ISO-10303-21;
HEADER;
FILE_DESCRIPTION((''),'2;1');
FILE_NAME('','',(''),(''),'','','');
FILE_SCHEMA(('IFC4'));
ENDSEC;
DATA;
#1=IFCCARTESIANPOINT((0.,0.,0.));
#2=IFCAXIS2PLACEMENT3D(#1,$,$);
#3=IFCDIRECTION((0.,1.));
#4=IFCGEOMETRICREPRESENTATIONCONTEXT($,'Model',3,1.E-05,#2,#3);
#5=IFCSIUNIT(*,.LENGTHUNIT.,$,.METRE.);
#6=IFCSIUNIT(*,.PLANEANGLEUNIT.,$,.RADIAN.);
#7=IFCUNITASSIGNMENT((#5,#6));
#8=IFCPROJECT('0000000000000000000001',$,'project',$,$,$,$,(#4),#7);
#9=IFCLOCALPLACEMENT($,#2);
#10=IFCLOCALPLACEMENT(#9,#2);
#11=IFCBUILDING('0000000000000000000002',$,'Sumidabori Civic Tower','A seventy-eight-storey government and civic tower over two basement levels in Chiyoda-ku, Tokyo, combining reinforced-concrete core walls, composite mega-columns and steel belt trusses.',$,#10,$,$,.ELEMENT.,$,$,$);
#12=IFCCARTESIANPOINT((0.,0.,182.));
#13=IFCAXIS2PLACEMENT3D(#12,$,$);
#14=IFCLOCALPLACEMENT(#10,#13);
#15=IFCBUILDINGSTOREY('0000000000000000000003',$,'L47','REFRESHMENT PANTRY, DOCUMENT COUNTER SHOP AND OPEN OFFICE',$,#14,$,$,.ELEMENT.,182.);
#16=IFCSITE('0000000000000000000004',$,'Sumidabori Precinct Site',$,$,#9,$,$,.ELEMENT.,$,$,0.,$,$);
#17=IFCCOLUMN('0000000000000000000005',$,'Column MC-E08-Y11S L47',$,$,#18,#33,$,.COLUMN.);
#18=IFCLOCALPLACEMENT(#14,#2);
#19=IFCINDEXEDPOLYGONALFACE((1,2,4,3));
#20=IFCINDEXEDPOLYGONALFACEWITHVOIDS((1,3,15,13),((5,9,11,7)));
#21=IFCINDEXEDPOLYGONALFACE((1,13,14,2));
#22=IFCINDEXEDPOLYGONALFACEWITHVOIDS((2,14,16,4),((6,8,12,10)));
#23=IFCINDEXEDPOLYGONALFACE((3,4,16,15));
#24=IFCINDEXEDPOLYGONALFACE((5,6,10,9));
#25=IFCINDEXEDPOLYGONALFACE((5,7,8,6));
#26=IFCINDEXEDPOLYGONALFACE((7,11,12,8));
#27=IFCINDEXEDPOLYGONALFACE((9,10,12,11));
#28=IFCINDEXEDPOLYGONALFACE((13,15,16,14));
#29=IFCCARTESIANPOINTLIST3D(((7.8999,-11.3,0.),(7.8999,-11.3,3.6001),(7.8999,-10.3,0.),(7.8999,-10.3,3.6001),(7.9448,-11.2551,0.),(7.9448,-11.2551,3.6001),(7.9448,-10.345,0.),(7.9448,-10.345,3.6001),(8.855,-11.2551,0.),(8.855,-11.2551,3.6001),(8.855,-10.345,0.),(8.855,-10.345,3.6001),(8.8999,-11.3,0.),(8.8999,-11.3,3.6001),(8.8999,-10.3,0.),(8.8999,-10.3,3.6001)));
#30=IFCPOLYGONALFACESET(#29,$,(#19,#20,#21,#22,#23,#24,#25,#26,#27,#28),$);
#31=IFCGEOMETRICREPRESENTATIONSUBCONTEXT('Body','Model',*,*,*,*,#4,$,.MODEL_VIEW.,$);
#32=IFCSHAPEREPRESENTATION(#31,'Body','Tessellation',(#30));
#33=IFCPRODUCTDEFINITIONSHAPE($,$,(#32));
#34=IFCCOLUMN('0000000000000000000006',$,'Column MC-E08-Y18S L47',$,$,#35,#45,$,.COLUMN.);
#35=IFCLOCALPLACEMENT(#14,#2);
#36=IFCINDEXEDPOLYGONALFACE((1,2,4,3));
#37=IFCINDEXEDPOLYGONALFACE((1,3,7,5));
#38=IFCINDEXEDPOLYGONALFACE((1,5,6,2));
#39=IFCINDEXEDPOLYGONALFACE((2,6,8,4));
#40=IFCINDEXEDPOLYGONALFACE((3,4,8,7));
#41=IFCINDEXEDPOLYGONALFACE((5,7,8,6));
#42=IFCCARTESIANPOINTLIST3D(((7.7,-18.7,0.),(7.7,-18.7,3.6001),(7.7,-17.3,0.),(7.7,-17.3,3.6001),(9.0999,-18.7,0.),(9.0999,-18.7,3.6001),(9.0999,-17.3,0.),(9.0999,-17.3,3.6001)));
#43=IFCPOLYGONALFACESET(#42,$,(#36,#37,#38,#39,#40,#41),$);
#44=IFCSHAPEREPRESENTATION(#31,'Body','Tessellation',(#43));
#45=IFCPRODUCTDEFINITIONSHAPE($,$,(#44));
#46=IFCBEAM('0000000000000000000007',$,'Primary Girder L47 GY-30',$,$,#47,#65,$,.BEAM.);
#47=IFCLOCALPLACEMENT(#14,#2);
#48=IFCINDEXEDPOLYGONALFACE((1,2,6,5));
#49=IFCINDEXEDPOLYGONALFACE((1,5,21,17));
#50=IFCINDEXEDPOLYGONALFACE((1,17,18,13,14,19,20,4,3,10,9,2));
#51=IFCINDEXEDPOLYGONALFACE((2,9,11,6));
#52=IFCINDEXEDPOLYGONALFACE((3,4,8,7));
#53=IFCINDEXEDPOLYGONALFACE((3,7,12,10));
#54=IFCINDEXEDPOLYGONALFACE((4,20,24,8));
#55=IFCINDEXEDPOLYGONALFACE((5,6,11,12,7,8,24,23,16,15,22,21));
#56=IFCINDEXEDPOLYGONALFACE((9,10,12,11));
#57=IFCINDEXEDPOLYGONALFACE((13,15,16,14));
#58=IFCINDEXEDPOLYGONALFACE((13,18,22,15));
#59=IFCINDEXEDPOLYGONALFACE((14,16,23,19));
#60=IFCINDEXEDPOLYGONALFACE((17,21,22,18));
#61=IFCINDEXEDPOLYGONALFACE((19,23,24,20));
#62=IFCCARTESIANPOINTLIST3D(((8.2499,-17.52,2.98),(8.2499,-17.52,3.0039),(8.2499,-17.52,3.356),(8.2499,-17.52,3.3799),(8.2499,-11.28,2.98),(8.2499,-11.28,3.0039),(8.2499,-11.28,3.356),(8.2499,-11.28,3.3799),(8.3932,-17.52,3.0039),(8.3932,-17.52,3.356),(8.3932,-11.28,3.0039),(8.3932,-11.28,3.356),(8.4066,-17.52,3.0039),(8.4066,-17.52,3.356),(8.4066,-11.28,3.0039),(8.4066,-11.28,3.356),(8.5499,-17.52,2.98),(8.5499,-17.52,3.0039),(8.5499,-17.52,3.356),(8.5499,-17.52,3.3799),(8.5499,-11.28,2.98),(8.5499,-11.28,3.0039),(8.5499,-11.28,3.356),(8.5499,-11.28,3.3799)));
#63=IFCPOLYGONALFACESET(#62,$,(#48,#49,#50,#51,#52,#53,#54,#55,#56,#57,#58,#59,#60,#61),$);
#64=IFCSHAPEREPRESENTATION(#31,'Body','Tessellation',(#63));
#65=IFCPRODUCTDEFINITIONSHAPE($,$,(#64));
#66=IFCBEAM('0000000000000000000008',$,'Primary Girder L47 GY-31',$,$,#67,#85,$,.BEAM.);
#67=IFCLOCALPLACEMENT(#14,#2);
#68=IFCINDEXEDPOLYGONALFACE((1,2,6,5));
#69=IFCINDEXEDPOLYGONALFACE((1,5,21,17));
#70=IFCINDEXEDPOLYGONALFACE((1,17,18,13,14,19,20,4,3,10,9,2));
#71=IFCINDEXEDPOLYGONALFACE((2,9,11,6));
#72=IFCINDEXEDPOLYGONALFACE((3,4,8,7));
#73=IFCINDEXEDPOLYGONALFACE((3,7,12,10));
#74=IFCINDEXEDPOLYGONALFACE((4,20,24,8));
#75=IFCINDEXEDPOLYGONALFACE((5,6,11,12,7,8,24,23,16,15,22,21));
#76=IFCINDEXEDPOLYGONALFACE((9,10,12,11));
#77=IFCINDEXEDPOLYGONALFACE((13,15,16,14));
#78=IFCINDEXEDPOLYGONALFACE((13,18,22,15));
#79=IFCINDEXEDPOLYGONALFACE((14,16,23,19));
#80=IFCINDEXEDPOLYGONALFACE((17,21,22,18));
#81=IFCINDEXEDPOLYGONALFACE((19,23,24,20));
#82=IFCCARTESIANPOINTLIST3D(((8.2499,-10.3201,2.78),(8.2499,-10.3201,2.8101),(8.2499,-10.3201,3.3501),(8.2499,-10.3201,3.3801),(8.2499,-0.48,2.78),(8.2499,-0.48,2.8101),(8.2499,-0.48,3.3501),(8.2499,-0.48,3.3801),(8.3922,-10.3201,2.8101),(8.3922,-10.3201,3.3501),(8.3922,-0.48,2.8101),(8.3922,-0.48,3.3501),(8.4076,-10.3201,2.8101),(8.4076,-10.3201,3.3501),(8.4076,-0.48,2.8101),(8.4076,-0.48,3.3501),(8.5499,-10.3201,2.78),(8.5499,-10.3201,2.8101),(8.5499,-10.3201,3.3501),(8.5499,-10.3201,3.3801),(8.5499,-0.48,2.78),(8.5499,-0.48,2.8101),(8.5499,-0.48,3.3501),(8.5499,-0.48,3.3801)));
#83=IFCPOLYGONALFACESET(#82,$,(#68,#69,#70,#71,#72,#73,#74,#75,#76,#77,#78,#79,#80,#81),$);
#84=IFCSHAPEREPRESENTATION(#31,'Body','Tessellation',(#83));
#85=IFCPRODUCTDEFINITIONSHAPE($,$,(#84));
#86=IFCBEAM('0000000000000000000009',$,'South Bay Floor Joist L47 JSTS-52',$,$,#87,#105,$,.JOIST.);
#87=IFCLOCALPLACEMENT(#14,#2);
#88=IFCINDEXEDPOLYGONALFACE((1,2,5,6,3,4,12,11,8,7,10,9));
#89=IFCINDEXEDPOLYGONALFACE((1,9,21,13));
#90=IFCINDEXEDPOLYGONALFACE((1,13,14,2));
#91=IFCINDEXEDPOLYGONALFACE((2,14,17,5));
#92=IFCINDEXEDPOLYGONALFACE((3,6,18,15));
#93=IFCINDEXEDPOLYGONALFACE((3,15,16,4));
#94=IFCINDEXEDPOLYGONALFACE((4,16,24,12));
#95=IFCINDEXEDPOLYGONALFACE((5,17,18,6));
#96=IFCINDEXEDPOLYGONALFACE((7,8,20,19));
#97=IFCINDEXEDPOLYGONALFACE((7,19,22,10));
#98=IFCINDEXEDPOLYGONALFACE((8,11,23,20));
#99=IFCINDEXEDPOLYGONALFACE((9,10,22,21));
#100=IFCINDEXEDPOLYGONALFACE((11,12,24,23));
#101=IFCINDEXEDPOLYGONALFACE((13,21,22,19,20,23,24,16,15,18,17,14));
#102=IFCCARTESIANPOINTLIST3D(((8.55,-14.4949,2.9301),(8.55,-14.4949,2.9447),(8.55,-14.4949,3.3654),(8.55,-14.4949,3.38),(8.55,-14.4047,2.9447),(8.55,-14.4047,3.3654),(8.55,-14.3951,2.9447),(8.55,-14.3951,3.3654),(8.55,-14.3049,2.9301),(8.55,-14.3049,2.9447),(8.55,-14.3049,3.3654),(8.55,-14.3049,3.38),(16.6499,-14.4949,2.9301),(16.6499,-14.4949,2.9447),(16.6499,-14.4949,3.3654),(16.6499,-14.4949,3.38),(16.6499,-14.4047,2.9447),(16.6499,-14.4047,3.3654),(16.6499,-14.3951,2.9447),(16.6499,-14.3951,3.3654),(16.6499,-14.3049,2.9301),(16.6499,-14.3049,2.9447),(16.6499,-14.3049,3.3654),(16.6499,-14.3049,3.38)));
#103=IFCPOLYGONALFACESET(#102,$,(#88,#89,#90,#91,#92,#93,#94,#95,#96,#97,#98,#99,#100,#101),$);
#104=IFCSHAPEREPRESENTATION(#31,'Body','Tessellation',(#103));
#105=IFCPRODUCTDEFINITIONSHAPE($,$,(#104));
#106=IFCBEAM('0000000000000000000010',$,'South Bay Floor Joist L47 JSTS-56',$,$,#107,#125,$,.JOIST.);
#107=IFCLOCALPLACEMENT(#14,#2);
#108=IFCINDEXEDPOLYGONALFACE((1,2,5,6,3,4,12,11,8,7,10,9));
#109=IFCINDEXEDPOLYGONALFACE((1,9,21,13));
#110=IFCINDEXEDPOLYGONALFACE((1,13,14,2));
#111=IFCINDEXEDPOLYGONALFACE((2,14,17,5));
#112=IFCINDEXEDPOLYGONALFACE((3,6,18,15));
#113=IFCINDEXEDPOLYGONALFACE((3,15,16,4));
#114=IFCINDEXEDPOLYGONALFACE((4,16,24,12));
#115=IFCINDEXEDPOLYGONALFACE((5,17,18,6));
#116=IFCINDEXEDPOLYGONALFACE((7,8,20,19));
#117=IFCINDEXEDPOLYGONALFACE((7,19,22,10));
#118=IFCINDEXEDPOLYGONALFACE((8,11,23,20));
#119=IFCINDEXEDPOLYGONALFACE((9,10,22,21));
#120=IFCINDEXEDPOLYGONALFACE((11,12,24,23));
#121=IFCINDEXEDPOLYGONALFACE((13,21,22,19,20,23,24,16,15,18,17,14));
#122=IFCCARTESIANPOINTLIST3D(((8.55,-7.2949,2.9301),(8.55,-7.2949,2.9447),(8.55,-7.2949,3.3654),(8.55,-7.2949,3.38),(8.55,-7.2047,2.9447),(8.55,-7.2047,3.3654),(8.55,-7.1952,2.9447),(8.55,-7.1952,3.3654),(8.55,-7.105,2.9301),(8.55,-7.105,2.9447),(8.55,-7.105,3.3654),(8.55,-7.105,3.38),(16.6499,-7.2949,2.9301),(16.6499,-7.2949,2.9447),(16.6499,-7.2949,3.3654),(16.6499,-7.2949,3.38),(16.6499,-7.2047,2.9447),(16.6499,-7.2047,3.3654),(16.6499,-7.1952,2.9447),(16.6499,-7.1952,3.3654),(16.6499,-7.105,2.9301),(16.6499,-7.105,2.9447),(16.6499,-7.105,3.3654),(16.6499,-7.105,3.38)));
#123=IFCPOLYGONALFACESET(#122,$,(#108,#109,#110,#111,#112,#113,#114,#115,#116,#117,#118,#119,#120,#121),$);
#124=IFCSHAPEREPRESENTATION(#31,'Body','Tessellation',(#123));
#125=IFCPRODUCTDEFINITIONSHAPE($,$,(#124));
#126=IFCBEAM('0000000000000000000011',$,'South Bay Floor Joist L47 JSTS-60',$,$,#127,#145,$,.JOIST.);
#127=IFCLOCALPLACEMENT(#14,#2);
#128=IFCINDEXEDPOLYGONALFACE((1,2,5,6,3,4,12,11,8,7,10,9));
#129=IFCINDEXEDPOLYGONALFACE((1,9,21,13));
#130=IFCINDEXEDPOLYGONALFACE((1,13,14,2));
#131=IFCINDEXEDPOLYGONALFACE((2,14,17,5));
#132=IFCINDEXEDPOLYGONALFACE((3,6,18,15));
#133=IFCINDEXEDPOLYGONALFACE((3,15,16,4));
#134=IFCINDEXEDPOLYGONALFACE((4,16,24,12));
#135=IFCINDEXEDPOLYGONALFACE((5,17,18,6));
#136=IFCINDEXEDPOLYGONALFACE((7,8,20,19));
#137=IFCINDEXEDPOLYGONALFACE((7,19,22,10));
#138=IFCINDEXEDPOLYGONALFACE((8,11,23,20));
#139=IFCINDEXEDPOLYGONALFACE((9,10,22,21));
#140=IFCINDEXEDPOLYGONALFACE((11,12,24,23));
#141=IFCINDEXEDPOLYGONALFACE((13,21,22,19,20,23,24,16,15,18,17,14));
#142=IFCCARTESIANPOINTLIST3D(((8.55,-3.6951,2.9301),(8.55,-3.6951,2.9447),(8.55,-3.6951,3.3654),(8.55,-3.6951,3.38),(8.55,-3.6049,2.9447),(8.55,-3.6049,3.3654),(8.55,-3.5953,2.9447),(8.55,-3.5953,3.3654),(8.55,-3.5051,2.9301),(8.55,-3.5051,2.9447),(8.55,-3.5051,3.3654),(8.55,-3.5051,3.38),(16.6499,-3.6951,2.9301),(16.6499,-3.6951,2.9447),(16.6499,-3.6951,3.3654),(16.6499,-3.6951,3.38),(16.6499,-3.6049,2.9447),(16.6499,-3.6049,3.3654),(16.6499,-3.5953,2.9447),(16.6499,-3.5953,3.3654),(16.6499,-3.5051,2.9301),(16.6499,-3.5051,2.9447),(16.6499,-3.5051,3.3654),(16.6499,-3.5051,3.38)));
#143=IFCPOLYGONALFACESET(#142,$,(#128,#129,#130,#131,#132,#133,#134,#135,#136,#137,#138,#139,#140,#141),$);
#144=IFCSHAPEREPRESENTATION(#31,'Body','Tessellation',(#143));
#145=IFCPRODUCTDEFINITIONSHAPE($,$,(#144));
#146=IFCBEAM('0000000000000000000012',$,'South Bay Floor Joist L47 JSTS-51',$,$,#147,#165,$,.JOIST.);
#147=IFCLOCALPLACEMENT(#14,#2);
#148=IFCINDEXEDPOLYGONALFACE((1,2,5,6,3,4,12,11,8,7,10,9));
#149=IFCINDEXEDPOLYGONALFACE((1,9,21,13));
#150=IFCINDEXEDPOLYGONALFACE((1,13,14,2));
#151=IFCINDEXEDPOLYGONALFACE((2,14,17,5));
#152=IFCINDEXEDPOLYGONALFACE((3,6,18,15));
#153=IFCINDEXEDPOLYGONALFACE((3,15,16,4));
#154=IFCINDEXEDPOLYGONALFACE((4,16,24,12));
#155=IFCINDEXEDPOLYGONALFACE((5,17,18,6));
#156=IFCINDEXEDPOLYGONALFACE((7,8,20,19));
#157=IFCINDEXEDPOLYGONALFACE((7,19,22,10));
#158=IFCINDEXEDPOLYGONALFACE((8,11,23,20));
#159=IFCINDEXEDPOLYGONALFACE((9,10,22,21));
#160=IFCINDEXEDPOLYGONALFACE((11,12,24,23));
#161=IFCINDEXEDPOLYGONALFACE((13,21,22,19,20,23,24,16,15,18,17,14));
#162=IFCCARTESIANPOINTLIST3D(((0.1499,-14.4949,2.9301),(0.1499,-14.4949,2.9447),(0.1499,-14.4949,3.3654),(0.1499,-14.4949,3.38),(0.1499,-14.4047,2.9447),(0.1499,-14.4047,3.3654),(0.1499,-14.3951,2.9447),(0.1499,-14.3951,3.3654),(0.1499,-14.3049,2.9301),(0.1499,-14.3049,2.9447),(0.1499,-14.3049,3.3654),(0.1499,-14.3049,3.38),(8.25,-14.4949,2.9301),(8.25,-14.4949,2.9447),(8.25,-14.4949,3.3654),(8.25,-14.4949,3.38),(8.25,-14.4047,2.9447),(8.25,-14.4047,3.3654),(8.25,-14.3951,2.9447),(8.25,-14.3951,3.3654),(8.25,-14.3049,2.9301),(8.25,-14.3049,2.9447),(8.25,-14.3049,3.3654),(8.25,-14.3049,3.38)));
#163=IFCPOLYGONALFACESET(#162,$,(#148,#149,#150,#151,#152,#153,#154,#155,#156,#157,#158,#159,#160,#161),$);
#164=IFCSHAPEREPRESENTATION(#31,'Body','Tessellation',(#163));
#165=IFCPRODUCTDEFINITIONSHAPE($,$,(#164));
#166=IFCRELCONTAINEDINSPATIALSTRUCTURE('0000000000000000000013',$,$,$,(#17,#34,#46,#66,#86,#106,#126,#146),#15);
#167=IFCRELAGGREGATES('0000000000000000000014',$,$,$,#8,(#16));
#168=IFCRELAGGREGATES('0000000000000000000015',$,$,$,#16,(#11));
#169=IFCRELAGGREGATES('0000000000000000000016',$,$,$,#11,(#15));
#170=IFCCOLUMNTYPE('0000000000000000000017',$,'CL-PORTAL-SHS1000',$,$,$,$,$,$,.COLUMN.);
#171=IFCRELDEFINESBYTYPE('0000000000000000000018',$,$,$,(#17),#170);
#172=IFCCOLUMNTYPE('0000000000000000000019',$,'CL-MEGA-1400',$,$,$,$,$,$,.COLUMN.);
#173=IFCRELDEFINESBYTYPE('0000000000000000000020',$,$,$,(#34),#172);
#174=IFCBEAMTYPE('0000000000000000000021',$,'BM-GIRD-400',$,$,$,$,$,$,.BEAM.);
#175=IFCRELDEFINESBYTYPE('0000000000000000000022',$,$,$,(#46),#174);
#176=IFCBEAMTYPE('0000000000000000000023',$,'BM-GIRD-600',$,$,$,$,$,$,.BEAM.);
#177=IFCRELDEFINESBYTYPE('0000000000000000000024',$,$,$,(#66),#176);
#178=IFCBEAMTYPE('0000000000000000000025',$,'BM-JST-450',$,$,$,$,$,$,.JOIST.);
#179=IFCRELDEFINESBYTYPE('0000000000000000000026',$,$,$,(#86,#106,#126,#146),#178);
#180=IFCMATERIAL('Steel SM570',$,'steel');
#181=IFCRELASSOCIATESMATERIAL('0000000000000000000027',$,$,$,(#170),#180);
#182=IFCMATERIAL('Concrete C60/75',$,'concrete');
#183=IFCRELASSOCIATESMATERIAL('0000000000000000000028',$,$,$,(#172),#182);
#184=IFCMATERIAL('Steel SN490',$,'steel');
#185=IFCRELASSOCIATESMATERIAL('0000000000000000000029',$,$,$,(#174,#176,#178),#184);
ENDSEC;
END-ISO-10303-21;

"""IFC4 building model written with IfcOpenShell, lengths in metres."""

from ifc_helpers import new_model, si_unit, direction, frame, origin, origin_2d, place, context, subcontext, project, spatial, rectangle, hollow_rectangle, i_section, extrude, source, transform, mapped, material, material_profile, profile_set, type_object, element, save


model = new_model("IFC4")

# Units and contexts
model_context = context("Model", 3, precision=1e-05, world=origin(), true_north=direction((0.0, 1.0)))
body_context = subcontext(model_context, "Body", "Model", "MODEL_VIEW")
ifc_project = project(units=[si_unit("LENGTHUNIT", "METRE"), si_unit("PLANEANGLEUNIT", "RADIAN")], contexts=[model_context])

# Site, building, storey
site_placement = place(None, origin())
site = spatial("IfcSite", under=ifc_project, at=site_placement, Name="Sumidabori Precinct Site", CompositionType="ELEMENT", RefElevation=0.0)
building_placement = place(site_placement, origin())
building = spatial("IfcBuilding", under=site, at=building_placement, Name="Sumidabori Civic Tower", Description="A seventy-eight-storey government and civic tower over two basement levels in Chiyoda-ku, Tokyo, combining reinforced-concrete core walls, composite mega-columns and steel belt trusses.", CompositionType="ELEMENT")
storey_placement = place(building_placement, frame((0.0, 0.0, 182.0)))
storey = spatial("IfcBuildingStorey", under=building, at=storey_placement, Name="L47", Description="REFRESHMENT PANTRY, DOCUMENT COUNTER SHOP AND OPEN OFFICE", CompositionType="ELEMENT", Elevation=182.0)

# Columns
ifc_material_1 = material(Name="Steel SM570", Category="steel")
ifc_material_profile_1 = material_profile(ifc_material_1, hollow_rectangle(XDim=1.0, YDim=1.0, WallThickness=0.0449, at=origin_2d()), Name="SHS 1000x1000x45")
ifc_profile_set_1 = profile_set([ifc_material_profile_1], Name="Steel SM570")
column_type_1 = type_object("IfcColumnType", Name="CL-PORTAL-SHS1000", PredefinedType="COLUMN", material=ifc_profile_set_1)
shared_shape_1 = source(origin(), body_context, "Body", "SweptSolid", [
    extrude(hollow_rectangle(XDim=1.0, YDim=1.0, WallThickness=0.0449, at=origin_2d()), origin(), (0.0, 0.0, 1.0), 3.6001),
])
column_1_placement = place(storey_placement, frame((8.3999, -10.8, 0.0), z_axis=(0.0, 0.0, 1.0), x_axis=(1.0, 0.0, 0.0)))
element("IfcColumn", 1, at=column_1_placement, inside=storey, type_object=column_type_1, Name="Column MC-E08-Y11S L47", PredefinedType="COLUMN", context=body_context, shape_type="MappedRepresentation", body=[
    mapped(shared_shape_1, transform((0.0, 0.0, 0.0), x_axis=(1.0, 0.0, 0.0), y_axis=(0.0, 1.0, 0.0), z_axis=(0.0, 0.0, 1.0), scale=1.0)),
])
ifc_material_2 = material(Name="Concrete C60/75", Category="concrete")
ifc_material_profile_2 = material_profile(ifc_material_2, rectangle(XDim=1.3999, YDim=1.3999, at=origin_2d()), Name="RC 1400x1400")
ifc_profile_set_2 = profile_set([ifc_material_profile_2], Name="Concrete C60/75")
column_type_2 = type_object("IfcColumnType", Name="CL-MEGA-1400", PredefinedType="COLUMN", material=ifc_profile_set_2)
shared_shape_2 = source(origin(), body_context, "Body", "SweptSolid", [
    extrude(rectangle(XDim=1.3999, YDim=1.3999, at=origin_2d()), origin(), (0.0, 0.0, 1.0), 3.6001),
])
column_2_placement = place(storey_placement, frame((8.3999, -18.0, 0.0), z_axis=(0.0, 0.0, 1.0), x_axis=(1.0, 0.0, 0.0)))
element("IfcColumn", 2, at=column_2_placement, inside=storey, type_object=column_type_2, Name="Column MC-E08-Y18S L47", PredefinedType="COLUMN", context=body_context, shape_type="MappedRepresentation", body=[
    mapped(shared_shape_2, transform((0.0, 0.0, 0.0), x_axis=(1.0, 0.0, 0.0), y_axis=(0.0, 1.0, 0.0), z_axis=(0.0, 0.0, 1.0), scale=1.0)),
])

# Beams
ifc_material_3 = material(Name="Steel SN490", Category="steel")
ifc_material_profile_3 = material_profile(ifc_material_3, i_section(OverallWidth=0.3, OverallDepth=0.3999, WebThickness=0.0134, FlangeThickness=0.0239, at=origin_2d()), Name="HE 400 B")
ifc_profile_set_3 = profile_set([ifc_material_profile_3], Name="Steel SN490")
beam_type_1 = type_object("IfcBeamType", Name="BM-GIRD-400", PredefinedType="BEAM", material=ifc_profile_set_3)
shared_shape_3 = source(origin(), body_context, "Body", "SweptSolid", [
    extrude(i_section(OverallWidth=0.3, OverallDepth=0.3999, WebThickness=0.0134, FlangeThickness=0.0239, at=origin_2d()), origin(), (0.0, 0.0, 1.0), 6.24),
])
beam_1_placement = place(storey_placement, frame((8.3999, -17.52, 3.1799), z_axis=(0.0, 1.0, 0.0), x_axis=(-1.0, 0.0, 0.0)))
element("IfcBeam", 3, at=beam_1_placement, inside=storey, type_object=beam_type_1, Name="Primary Girder L47 GY-30", PredefinedType="BEAM", context=body_context, shape_type="MappedRepresentation", body=[
    mapped(shared_shape_3, transform((0.0, 0.0, 0.0), x_axis=(1.0, 0.0, 0.0), y_axis=(0.0, 1.0, 0.0), z_axis=(0.0, 0.0, 1.0), scale=1.0)),
])
ifc_material_profile_4 = material_profile(ifc_material_3, i_section(OverallWidth=0.3, OverallDepth=0.6001, WebThickness=0.0154, FlangeThickness=0.03, at=origin_2d()), Name="HE 600 B")
ifc_profile_set_4 = profile_set([ifc_material_profile_4], Name="Steel SN490")
beam_type_2 = type_object("IfcBeamType", Name="BM-GIRD-600", PredefinedType="BEAM", material=ifc_profile_set_4)
shared_shape_4 = source(origin(), body_context, "Body", "SweptSolid", [
    extrude(i_section(OverallWidth=0.3, OverallDepth=0.6001, WebThickness=0.0154, FlangeThickness=0.03, at=origin_2d()), origin(), (0.0, 0.0, 1.0), 9.8401),
])
beam_2_placement = place(storey_placement, frame((8.3999, -10.3201, 3.0801), z_axis=(0.0, 1.0, 0.0), x_axis=(-1.0, 0.0, 0.0)))
element("IfcBeam", 4, at=beam_2_placement, inside=storey, type_object=beam_type_2, Name="Primary Girder L47 GY-31", PredefinedType="BEAM", context=body_context, shape_type="MappedRepresentation", body=[
    mapped(shared_shape_4, transform((0.0, 0.0, 0.0), x_axis=(1.0, 0.0, 0.0), y_axis=(0.0, 1.0, 0.0), z_axis=(0.0, 0.0, 1.0), scale=1.0)),
])
ifc_material_profile_5 = material_profile(ifc_material_3, i_section(OverallWidth=0.1899, OverallDepth=0.45, WebThickness=0.0095, FlangeThickness=0.0146, at=origin_2d()), Name="IPE 450")
ifc_profile_set_5 = profile_set([ifc_material_profile_5], Name="Steel SN490")
beam_type_3 = type_object("IfcBeamType", Name="BM-JST-450", PredefinedType="JOIST", material=ifc_profile_set_5)
shared_shape_5 = source(origin(), body_context, "Body", "SweptSolid", [
    extrude(i_section(OverallWidth=0.1899, OverallDepth=0.45, WebThickness=0.0095, FlangeThickness=0.0146, at=origin_2d()), origin(), (0.0, 0.0, 1.0), 8.0999),
])
for number, where, z_axis, x_axis, name in (
    (5, (8.55, -14.3999, 3.155), (1.0, 0.0, 0.0), (0.0, 1.0, 0.0), "South Bay Floor Joist L47 JSTS-52"),
    (6, (8.55, -7.2, 3.155), (1.0, 0.0, 0.0), (0.0, 1.0, 0.0), "South Bay Floor Joist L47 JSTS-56"),
    (7, (8.55, -3.6001, 3.155), (1.0, 0.0, 0.0), (0.0, 1.0, 0.0), "South Bay Floor Joist L47 JSTS-60"),
):
    element("IfcBeam", number, at=place(storey_placement, frame(where, z_axis=z_axis, x_axis=x_axis)), inside=storey, type_object=beam_type_3, Name=name, PredefinedType="JOIST", context=body_context, shape_type="MappedRepresentation", body=[
        mapped(shared_shape_5, transform((0.0, 0.0, 0.0), x_axis=(1.0, 0.0, 0.0), y_axis=(0.0, 1.0, 0.0), z_axis=(0.0, 0.0, 1.0), scale=1.0)),
    ])
shared_shape_6 = source(origin(), body_context, "Body", "SweptSolid", [
    extrude(i_section(OverallWidth=0.1899, OverallDepth=0.45, WebThickness=0.0095, FlangeThickness=0.0146, at=origin_2d()), origin(), (0.0, 0.0, 1.0), 8.1001),
])
for number, where, z_axis, x_axis, name in (
    (8, (0.1499, -14.3999, 3.155), (1.0, 0.0, 0.0), (0.0, 1.0, 0.0), "South Bay Floor Joist L47 JSTS-51"),
):
    element("IfcBeam", number, at=place(storey_placement, frame(where, z_axis=z_axis, x_axis=x_axis)), inside=storey, type_object=beam_type_3, Name=name, PredefinedType="JOIST", context=body_context, shape_type="MappedRepresentation", body=[
        mapped(shared_shape_6, transform((0.0, 0.0, 0.0), x_axis=(1.0, 0.0, 0.0), y_axis=(0.0, 1.0, 0.0), z_axis=(0.0, 0.0, 1.0), scale=1.0)),
    ])

save(model, "model.ifc")
